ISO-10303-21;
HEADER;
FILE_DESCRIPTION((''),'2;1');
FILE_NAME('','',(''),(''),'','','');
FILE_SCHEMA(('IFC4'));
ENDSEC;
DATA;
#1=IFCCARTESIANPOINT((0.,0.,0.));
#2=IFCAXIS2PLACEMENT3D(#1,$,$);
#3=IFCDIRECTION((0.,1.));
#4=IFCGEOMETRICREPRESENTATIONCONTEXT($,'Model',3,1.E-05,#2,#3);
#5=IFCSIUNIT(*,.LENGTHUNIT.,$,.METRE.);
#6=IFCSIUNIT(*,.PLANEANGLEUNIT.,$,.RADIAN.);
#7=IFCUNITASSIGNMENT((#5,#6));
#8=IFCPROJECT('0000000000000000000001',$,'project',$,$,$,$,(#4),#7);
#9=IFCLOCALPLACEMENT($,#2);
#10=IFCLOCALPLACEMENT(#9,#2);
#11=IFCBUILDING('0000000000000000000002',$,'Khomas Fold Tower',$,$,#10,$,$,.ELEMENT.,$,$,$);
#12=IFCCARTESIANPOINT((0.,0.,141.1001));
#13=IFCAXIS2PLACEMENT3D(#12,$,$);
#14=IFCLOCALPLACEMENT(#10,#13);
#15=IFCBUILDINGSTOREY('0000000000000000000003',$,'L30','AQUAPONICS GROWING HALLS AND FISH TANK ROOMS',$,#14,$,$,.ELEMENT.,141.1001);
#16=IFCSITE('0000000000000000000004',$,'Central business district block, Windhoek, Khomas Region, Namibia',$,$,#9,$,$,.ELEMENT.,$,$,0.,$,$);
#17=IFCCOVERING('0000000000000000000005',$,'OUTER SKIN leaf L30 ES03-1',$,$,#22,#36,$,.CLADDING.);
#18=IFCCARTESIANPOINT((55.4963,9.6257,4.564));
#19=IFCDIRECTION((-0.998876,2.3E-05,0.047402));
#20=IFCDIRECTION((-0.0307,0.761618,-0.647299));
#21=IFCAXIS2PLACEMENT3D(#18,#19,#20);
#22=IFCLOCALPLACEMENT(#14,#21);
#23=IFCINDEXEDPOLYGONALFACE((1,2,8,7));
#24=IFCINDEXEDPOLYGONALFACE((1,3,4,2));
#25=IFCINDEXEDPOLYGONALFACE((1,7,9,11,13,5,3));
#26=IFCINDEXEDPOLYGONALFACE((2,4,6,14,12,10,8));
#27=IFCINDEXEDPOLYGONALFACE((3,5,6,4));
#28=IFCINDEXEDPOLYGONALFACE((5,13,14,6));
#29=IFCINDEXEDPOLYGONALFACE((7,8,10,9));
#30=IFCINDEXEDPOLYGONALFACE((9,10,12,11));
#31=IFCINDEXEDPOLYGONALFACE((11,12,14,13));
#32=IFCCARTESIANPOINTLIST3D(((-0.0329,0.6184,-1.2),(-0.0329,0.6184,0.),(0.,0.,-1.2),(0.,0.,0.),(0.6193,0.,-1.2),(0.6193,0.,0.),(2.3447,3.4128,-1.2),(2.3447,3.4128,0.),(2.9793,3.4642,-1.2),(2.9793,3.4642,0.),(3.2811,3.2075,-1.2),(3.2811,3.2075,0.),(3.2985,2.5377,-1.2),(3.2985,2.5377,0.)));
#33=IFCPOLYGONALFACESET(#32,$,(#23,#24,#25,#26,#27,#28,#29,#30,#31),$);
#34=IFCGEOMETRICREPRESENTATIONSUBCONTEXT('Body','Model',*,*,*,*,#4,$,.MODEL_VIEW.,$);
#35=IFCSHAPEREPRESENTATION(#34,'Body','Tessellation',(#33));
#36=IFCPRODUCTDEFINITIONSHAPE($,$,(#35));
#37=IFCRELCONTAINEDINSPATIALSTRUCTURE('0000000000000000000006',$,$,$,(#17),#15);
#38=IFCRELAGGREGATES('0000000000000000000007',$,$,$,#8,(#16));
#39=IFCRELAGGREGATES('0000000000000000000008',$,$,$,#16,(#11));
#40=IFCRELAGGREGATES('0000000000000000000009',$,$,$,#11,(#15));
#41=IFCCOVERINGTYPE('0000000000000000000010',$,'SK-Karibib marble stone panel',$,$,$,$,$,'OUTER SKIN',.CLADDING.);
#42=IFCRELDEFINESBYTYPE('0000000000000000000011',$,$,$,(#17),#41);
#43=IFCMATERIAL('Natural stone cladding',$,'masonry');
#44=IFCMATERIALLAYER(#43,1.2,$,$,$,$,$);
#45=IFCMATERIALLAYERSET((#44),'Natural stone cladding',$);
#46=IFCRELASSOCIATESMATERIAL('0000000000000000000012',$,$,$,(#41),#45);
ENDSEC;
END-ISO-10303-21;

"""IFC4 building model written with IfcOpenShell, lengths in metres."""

from ifc_helpers import new_model, si_unit, direction, frame, origin, place, context, subcontext, project, spatial, polyline, outline, extrude, material, layer, layer_set, type_object, element, save


model = new_model("IFC4")

# Units and contexts
model_context = context("Model", 3, precision=1e-05, world=origin(), true_north=direction((0.0, 1.0)))
body_context = subcontext(model_context, "Body", "Model", "MODEL_VIEW")
ifc_project = project(units=[si_unit("LENGTHUNIT", "METRE"), si_unit("PLANEANGLEUNIT", "RADIAN")], contexts=[model_context])

# Site, building, storey
site_placement = place(None, origin())
site = spatial("IfcSite", under=ifc_project, at=site_placement, Name="Central business district block, Windhoek, Khomas Region, Namibia", CompositionType="ELEMENT", RefElevation=0.0)
building_placement = place(site_placement, origin())
building = spatial("IfcBuilding", under=site, at=building_placement, Name="Khomas Fold Tower", CompositionType="ELEMENT")
storey_placement = place(building_placement, frame((0.0, 0.0, 141.1001)))
storey = spatial("IfcBuildingStorey", under=building, at=storey_placement, Name="L30", Description="AQUAPONICS GROWING HALLS AND FISH TANK ROOMS", CompositionType="ELEMENT", Elevation=141.1001)

# Covering
ifc_material_1 = material(Name="Natural stone cladding", Category="masonry")
ifc_layer_1 = layer(ifc_material_1, 1.2)
ifc_layer_set_1 = layer_set([ifc_layer_1], Name="Natural stone cladding")
covering_type_1 = type_object("IfcCoveringType", Name="SK-Karibib marble stone panel", ElementType="OUTER SKIN", PredefinedType="CLADDING", material=ifc_layer_set_1)
covering_1_placement = place(storey_placement, frame((55.4963, 9.6257, 4.564), z_axis=(-0.998876, 0.000023, 0.047402), x_axis=(-0.0307, 0.761618, -0.647299)))
element("IfcCovering", 1, at=covering_1_placement, inside=storey, type_object=covering_type_1, Name="OUTER SKIN leaf L30 ES03-1", PredefinedType="CLADDING", context=body_context, shape_type="SweptSolid", body=[
    extrude(outline(polyline([(0.0, 0.0), (0.6193, 0.0), (3.2985, 2.5377), (3.2811, 3.2075), (2.9793, 3.4642), (2.3447, 3.4128), (-0.0329, 0.6184), (0.0, 0.0)])), origin(), (0.0, 0.0, -1.0), 1.2),
])

save(model, "model.ifc")
